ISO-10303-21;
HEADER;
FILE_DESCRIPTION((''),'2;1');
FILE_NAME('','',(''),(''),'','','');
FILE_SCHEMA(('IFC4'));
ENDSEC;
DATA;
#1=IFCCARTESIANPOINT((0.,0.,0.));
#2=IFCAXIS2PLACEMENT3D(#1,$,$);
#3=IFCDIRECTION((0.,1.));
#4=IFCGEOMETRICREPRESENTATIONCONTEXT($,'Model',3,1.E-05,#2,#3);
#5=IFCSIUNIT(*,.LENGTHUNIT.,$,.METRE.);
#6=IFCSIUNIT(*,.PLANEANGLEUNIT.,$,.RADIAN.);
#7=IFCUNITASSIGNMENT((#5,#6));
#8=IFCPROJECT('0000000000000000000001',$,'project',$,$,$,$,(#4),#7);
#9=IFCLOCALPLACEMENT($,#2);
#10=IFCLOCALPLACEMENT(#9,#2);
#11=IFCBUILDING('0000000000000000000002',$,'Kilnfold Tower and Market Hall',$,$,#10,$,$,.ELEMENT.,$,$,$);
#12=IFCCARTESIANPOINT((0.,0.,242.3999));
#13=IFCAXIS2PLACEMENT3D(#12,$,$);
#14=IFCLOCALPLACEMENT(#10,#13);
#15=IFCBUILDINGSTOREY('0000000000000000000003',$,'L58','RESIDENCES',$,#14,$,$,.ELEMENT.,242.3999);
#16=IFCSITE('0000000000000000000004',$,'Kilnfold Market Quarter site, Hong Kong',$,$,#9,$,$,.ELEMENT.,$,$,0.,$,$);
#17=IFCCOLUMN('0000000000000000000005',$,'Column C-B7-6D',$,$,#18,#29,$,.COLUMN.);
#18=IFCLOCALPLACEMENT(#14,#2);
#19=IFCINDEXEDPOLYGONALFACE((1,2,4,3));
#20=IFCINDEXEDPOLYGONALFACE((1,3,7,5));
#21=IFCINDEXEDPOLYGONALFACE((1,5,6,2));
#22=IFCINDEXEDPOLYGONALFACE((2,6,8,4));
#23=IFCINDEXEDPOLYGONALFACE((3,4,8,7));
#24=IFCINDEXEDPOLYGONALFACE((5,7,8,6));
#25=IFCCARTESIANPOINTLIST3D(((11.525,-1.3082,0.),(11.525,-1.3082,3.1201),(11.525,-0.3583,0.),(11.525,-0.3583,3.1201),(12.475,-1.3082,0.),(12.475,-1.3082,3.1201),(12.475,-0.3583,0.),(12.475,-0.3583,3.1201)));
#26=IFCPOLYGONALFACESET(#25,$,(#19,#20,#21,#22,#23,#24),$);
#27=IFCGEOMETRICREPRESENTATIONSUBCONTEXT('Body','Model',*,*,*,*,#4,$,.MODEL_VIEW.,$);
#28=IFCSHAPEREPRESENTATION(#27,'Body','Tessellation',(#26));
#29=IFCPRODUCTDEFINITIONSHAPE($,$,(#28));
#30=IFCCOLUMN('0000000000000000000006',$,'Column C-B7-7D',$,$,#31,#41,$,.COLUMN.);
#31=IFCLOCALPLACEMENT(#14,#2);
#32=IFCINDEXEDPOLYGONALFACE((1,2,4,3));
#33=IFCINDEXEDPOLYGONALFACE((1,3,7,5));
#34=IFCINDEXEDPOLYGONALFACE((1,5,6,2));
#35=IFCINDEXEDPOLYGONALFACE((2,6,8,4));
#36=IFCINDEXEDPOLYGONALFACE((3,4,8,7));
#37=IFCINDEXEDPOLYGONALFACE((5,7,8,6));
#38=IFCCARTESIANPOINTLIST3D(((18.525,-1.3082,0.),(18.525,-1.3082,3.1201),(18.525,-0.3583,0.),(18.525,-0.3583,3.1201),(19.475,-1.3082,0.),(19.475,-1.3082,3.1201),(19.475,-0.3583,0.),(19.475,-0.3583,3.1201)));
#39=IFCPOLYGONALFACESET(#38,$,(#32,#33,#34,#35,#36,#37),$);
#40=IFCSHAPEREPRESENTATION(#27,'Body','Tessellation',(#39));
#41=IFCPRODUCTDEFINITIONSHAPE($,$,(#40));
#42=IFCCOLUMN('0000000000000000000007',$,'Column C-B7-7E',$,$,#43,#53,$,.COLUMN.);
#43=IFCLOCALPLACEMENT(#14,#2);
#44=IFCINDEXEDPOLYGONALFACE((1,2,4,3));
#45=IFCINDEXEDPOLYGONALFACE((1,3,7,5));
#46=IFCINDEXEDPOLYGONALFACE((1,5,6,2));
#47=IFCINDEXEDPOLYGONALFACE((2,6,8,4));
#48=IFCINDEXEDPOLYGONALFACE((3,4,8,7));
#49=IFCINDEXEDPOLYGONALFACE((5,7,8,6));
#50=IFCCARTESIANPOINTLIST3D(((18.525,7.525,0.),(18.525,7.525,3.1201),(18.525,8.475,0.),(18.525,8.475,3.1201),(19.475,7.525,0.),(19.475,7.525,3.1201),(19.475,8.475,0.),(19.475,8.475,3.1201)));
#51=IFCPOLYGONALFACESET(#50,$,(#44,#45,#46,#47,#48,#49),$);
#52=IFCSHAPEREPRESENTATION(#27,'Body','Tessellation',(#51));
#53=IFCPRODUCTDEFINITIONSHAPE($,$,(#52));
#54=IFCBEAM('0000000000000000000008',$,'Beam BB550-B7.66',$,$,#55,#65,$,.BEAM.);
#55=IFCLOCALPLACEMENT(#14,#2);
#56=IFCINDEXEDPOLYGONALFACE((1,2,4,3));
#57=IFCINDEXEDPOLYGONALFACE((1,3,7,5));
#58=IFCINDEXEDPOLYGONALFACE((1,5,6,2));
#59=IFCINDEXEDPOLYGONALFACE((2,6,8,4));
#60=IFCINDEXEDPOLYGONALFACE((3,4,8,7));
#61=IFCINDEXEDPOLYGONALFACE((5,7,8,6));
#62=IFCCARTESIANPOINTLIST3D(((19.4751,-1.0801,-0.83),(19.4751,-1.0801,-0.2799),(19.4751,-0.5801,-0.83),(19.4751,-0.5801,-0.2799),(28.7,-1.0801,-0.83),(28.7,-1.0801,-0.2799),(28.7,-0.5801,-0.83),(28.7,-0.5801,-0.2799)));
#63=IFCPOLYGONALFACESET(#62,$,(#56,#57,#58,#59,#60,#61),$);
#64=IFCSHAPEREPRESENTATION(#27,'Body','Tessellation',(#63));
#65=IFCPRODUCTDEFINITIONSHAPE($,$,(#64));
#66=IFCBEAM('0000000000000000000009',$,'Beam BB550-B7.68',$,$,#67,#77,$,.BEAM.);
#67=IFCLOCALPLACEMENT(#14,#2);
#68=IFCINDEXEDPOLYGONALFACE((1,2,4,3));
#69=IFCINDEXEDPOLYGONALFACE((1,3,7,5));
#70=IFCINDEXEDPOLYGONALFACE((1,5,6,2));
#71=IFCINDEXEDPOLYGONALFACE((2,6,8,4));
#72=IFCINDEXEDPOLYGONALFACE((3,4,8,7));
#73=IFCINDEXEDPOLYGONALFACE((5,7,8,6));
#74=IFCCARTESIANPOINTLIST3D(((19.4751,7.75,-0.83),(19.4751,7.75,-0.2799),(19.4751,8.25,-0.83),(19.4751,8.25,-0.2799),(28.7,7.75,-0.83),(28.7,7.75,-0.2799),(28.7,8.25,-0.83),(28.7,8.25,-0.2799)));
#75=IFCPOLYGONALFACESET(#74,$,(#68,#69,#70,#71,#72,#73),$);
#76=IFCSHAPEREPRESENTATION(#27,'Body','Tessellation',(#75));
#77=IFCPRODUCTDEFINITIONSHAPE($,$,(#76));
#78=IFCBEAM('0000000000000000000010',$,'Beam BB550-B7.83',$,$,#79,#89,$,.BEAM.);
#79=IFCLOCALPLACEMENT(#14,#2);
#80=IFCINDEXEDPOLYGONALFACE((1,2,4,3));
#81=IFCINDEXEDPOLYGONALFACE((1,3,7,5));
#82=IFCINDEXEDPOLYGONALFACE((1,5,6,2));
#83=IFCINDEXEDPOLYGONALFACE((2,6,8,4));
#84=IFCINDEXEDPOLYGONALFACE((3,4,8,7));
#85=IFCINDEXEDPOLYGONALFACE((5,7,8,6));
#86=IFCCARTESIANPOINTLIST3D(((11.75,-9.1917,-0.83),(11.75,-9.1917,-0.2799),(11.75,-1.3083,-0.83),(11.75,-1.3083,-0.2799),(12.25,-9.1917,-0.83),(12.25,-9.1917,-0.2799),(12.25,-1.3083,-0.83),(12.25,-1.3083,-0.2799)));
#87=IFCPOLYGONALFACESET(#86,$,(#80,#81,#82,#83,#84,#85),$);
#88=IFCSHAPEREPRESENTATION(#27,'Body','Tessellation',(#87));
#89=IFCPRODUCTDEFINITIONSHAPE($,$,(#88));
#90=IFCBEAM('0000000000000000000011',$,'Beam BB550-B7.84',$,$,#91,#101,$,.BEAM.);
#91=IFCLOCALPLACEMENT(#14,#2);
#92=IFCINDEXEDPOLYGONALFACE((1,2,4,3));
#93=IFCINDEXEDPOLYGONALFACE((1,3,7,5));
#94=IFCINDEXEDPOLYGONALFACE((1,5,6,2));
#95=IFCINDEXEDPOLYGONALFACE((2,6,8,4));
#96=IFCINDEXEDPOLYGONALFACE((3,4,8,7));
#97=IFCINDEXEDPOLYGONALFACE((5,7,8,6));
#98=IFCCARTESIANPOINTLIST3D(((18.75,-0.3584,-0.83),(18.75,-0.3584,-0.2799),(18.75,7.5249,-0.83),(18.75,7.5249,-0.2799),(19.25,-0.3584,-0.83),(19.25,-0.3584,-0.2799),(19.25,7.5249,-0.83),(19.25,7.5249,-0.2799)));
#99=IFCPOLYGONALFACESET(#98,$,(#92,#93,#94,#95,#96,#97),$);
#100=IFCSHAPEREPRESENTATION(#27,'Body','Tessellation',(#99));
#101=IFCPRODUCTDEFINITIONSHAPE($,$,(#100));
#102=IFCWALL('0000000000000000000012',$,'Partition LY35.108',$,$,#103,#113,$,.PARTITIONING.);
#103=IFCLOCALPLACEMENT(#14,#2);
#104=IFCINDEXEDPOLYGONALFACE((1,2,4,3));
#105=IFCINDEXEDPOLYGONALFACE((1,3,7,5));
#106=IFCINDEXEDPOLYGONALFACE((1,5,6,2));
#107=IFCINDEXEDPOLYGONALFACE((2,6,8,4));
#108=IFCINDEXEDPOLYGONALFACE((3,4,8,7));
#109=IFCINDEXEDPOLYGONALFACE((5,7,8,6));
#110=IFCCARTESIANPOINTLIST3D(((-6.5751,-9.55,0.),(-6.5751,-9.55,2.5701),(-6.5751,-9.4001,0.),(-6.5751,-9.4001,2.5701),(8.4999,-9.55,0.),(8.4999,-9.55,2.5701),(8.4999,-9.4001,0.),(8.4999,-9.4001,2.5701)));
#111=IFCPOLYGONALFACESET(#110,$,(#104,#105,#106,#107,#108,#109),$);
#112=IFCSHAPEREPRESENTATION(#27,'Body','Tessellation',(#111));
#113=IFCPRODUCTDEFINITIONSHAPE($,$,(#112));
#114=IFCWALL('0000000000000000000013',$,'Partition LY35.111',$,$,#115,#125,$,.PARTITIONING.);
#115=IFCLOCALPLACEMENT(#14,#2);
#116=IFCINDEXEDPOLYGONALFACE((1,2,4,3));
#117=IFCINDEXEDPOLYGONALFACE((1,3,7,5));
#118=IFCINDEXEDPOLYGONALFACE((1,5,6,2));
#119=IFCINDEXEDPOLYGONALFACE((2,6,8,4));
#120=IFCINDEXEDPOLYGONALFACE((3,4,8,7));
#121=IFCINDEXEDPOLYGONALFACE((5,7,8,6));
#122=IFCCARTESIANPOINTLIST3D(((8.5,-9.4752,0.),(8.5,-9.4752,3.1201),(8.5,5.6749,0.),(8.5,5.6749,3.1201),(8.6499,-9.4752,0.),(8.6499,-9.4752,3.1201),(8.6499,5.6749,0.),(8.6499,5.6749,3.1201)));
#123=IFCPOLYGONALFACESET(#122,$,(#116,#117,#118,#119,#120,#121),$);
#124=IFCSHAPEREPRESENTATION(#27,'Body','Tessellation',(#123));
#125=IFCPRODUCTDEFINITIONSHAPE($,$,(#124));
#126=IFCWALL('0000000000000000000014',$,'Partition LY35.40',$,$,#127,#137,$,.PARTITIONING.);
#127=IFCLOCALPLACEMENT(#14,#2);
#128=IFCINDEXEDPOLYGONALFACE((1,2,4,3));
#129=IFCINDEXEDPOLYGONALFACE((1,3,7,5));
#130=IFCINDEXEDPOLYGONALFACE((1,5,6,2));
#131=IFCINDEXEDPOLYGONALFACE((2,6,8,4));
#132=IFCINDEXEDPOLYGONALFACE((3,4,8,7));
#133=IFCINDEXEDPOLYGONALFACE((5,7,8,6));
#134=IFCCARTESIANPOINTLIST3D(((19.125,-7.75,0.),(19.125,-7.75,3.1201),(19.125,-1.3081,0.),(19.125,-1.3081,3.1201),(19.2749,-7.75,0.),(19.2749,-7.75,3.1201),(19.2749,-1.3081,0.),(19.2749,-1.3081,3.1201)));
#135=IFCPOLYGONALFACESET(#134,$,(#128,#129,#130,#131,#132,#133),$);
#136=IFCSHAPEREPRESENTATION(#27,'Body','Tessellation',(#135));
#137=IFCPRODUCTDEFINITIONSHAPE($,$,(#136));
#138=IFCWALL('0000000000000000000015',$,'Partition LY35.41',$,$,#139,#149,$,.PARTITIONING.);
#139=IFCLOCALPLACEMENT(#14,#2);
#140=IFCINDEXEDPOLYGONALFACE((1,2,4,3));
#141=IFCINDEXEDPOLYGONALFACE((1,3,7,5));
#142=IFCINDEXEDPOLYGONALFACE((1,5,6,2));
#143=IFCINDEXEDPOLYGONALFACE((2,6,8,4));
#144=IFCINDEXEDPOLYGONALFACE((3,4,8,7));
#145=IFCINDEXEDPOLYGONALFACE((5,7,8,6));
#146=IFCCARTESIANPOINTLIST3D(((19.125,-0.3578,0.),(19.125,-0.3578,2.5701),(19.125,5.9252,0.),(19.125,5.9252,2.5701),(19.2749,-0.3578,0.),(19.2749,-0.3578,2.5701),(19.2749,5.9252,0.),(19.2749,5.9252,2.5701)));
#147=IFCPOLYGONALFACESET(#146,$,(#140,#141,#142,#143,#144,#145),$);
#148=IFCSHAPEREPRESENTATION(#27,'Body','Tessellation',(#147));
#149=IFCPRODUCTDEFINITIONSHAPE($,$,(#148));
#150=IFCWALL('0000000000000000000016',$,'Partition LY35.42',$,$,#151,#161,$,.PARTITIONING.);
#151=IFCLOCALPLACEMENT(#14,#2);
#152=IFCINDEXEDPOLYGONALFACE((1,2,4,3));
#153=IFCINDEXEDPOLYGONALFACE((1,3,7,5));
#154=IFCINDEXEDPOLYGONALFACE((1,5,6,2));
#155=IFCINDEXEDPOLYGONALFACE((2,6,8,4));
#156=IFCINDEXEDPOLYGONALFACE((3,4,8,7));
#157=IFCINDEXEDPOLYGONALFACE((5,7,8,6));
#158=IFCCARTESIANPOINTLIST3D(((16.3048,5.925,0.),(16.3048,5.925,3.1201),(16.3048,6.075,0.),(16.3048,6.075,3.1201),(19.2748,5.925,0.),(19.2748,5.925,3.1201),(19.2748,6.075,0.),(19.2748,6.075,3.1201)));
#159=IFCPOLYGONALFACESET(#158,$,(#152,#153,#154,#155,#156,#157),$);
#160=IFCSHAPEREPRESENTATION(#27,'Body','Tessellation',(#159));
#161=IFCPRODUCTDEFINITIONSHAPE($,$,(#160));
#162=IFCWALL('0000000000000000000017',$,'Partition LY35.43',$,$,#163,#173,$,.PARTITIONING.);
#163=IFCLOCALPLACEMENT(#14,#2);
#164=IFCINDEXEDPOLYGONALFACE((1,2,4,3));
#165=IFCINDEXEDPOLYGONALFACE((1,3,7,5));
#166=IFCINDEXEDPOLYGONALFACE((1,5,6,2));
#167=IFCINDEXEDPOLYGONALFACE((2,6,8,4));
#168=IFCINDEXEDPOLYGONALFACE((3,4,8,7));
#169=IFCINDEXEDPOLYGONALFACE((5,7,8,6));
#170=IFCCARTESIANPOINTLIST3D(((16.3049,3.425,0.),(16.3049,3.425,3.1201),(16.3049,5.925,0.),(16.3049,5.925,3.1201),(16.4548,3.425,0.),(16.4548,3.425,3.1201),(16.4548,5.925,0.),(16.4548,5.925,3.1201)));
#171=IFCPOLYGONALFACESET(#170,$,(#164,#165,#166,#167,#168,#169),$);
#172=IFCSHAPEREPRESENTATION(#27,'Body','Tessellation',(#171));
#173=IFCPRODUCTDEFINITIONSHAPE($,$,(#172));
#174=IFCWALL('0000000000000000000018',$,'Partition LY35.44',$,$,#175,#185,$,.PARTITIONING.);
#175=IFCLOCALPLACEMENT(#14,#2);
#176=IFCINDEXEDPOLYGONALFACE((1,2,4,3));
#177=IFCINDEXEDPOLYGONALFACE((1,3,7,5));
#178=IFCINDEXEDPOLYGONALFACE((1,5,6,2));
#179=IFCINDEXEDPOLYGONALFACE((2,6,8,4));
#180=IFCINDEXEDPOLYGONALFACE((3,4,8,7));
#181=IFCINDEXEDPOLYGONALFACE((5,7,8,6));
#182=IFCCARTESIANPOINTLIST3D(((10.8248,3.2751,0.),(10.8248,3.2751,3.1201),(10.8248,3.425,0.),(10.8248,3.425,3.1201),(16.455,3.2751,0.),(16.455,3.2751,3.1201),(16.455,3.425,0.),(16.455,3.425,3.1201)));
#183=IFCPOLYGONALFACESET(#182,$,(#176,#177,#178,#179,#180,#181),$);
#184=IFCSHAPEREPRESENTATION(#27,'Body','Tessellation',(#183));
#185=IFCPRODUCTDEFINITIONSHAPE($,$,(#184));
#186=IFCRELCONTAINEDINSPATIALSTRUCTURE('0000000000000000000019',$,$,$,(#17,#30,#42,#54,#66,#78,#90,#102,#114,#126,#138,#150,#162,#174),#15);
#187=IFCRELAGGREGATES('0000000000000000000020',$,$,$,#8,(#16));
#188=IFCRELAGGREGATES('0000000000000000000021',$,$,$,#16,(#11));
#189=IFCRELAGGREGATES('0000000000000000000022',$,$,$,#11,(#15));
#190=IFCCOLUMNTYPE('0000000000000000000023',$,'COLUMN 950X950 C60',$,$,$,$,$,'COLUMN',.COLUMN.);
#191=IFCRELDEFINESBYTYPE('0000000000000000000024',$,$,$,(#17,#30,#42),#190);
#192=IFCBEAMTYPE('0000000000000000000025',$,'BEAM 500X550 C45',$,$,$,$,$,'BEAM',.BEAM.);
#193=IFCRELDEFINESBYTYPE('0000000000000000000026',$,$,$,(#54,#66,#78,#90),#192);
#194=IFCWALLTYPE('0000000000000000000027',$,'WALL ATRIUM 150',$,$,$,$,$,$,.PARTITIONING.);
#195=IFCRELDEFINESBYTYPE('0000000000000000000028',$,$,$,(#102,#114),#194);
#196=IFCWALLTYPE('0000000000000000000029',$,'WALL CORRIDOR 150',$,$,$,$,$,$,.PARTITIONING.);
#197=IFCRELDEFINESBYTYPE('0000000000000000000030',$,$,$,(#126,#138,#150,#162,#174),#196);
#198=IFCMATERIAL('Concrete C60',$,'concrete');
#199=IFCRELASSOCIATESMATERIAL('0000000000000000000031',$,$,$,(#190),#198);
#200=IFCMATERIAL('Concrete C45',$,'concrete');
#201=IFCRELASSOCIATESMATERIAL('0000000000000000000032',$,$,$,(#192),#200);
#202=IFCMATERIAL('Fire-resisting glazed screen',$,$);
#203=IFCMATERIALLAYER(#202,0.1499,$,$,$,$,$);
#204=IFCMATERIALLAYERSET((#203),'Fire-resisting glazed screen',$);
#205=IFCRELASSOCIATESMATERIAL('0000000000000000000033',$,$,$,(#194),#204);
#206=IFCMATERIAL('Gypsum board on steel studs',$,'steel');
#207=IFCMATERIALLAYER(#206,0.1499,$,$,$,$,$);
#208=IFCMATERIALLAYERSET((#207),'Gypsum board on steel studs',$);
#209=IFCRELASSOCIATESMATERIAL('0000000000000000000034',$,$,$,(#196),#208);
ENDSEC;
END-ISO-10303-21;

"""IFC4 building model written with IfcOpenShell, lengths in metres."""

from ifc_helpers import new_model, si_unit, direction, frame, frame_2d, origin, origin_2d, place, context, subcontext, project, spatial, rectangle, extrude, source, transform, mapped, material, layer, layer_set, material_profile, profile_set, type_object, element, save


model = new_model("IFC4")

# Units and contexts
model_context = context("Model", 3, precision=1e-05, world=origin(), true_north=direction((0.0, 1.0)))
body_context = subcontext(model_context, "Body", "Model", "MODEL_VIEW")
ifc_project = project(units=[si_unit("LENGTHUNIT", "METRE"), si_unit("PLANEANGLEUNIT", "RADIAN")], contexts=[model_context])

# Site, building, storey
site_placement = place(None, origin())
site = spatial("IfcSite", under=ifc_project, at=site_placement, Name="Kilnfold Market Quarter site, Hong Kong", CompositionType="ELEMENT", RefElevation=0.0)
building_placement = place(site_placement, origin())
building = spatial("IfcBuilding", under=site, at=building_placement, Name="Kilnfold Tower and Market Hall", CompositionType="ELEMENT")
storey_placement = place(building_placement, frame((0.0, 0.0, 242.3999)))
storey = spatial("IfcBuildingStorey", under=building, at=storey_placement, Name="L58", Description="RESIDENCES", CompositionType="ELEMENT", Elevation=242.3999)

# Columns
ifc_material_1 = material(Name="Concrete C60", Category="concrete")
ifc_material_profile_1 = material_profile(ifc_material_1, rectangle(XDim=0.95, YDim=0.95, at=origin_2d()), Name="RC 950x950")
ifc_profile_set_1 = profile_set([ifc_material_profile_1], Name="Concrete C60")
column_type = type_object("IfcColumnType", Name="COLUMN 950X950 C60", ElementType="COLUMN", PredefinedType="COLUMN", material=ifc_profile_set_1)
shared_shape_1 = source(origin(), body_context, "Body", "SweptSolid", [
    extrude(rectangle(XDim=0.95, YDim=0.95, at=origin_2d()), origin(), (0.0, 0.0, 1.0), 3.1201),
])
for number, where, z_axis, x_axis, name in (
    (1, (12.0, -0.8333, 0.0), (0.0, 0.0, 1.0), (1.0, 0.0, 0.0), "Column C-B7-6D"),
    (2, (19.0, -0.8333, 0.0), (0.0, 0.0, 1.0), (1.0, 0.0, 0.0), "Column C-B7-7D"),
    (3, (19.0, 8.0, 0.0), (0.0, 0.0, 1.0), (1.0, 0.0, 0.0), "Column C-B7-7E"),
):
    element("IfcColumn", number, at=place(storey_placement, frame(where, z_axis=z_axis, x_axis=x_axis)), inside=storey, type_object=column_type, Name=name, PredefinedType="COLUMN", context=body_context, shape_type="MappedRepresentation", body=[
        mapped(shared_shape_1, transform((0.0, 0.0, 0.0))),
    ])

# Beams
ifc_material_2 = material(Name="Concrete C45", Category="concrete")
ifc_material_profile_2 = material_profile(ifc_material_2, rectangle(XDim=0.5, YDim=0.55, at=origin_2d()), Name="RC 500x550")
ifc_profile_set_2 = profile_set([ifc_material_profile_2], Name="Concrete C45")
beam_type = type_object("IfcBeamType", Name="BEAM 500X550 C45", ElementType="BEAM", PredefinedType="BEAM", material=ifc_profile_set_2)
shared_shape_2 = source(origin(), body_context, "Body", "SweptSolid", [
    extrude(rectangle(XDim=0.5, YDim=0.55, at=origin_2d()), origin(), (0.0, 0.0, 1.0), 9.2249),
])
for number, where, z_axis, x_axis, name in (
    (4, (19.4751, -0.8301, -0.5549), (1.0, 0.0, 0.0), (0.0, 1.0, 0.0), "Beam BB550-B7.66"),
    (5, (19.4751, 8.0, -0.5549), (1.0, 0.0, 0.0), (0.0, 1.0, 0.0), "Beam BB550-B7.68"),
):
    element("IfcBeam", number, at=place(storey_placement, frame(where, z_axis=z_axis, x_axis=x_axis)), inside=storey, type_object=beam_type, Name=name, PredefinedType="BEAM", context=body_context, shape_type="MappedRepresentation", body=[
        mapped(shared_shape_2, transform((0.0, 0.0, 0.0))),
    ])
shared_shape_3 = source(origin(), body_context, "Body", "SweptSolid", [
    extrude(rectangle(XDim=0.5, YDim=0.55, at=origin_2d()), origin(), (0.0, 0.0, 1.0), 7.8833),
])
for number, where, z_axis, x_axis, name in (
    (6, (12.0, -9.1917, -0.5549), (0.0, 1.0, 0.0), (-1.0, 0.0, 0.0), "Beam BB550-B7.83"),
    (7, (19.0, -0.3584, -0.5549), (0.0, 1.0, 0.0), (-1.0, 0.0, 0.0), "Beam BB550-B7.84"),
):
    element("IfcBeam", number, at=place(storey_placement, frame(where, z_axis=z_axis, x_axis=x_axis)), inside=storey, type_object=beam_type, Name=name, PredefinedType="BEAM", context=body_context, shape_type="MappedRepresentation", body=[
        mapped(shared_shape_3, transform((0.0, 0.0, 0.0))),
    ])

# Walls
ifc_material_3 = material(Name="Fire-resisting glazed screen")
ifc_layer_1 = layer(ifc_material_3, 0.1499)
ifc_layer_set_1 = layer_set([ifc_layer_1], Name="Fire-resisting glazed screen")
wall_type_1 = type_object("IfcWallType", Name="WALL ATRIUM 150", PredefinedType="PARTITIONING", material=ifc_layer_set_1)
wall_1_placement = place(storey_placement, frame((8.5, -9.4751, 0.0), z_axis=(0.0, 0.0, 1.0), x_axis=(-1.0, 0.0, 0.0)))
element("IfcWall", 8, at=wall_1_placement, inside=storey, type_object=wall_type_1, Name="Partition LY35.108", PredefinedType="PARTITIONING", context=body_context, shape_type="SweptSolid", body=[
    extrude(rectangle(XDim=15.075, YDim=0.1499, at=frame_2d((7.5376, 0.0))), origin(), (0.0, 0.0, 1.0), 2.5701),
])
wall_2_placement = place(storey_placement, frame((8.575, 5.675, 0.0), z_axis=(0.0, 0.0, 1.0), x_axis=(0.0, -1.0, 0.0)))
element("IfcWall", 9, at=wall_2_placement, inside=storey, type_object=wall_type_1, Name="Partition LY35.111", PredefinedType="PARTITIONING", context=body_context, shape_type="SweptSolid", body=[
    extrude(rectangle(XDim=15.1501, YDim=0.1499, at=frame_2d((7.5752, 0.0))), origin(), (0.0, 0.0, 1.0), 3.1201),
])
ifc_material_4 = material(Name="Gypsum board on steel studs", Category="steel")
ifc_layer_2 = layer(ifc_material_4, 0.1499)
ifc_layer_set_2 = layer_set([ifc_layer_2], Name="Gypsum board on steel studs")
wall_type_2 = type_object("IfcWallType", Name="WALL CORRIDOR 150", PredefinedType="PARTITIONING", material=ifc_layer_set_2)
wall_3_placement = place(storey_placement, frame((19.2, -7.75, 0.0), z_axis=(0.0, 0.0, 1.0), x_axis=(0.0, 1.0, 0.0)))
element("IfcWall", 10, at=wall_3_placement, inside=storey, type_object=wall_type_2, Name="Partition LY35.40", PredefinedType="PARTITIONING", context=body_context, shape_type="SweptSolid", body=[
    extrude(rectangle(XDim=6.4419, YDim=0.1499, at=frame_2d((3.2209, 0.0))), origin(), (0.0, 0.0, 1.0), 3.1201),
])
wall_4_placement = place(storey_placement, frame((19.2, -0.3579, 0.0), z_axis=(0.0, 0.0, 1.0), x_axis=(0.0, 1.0, 0.0)))
element("IfcWall", 11, at=wall_4_placement, inside=storey, type_object=wall_type_2, Name="Partition LY35.41", PredefinedType="PARTITIONING", context=body_context, shape_type="SweptSolid", body=[
    extrude(rectangle(XDim=6.283, YDim=0.1499, at=frame_2d((3.1416, 0.0))), origin(), (0.0, 0.0, 1.0), 2.5701),
])
wall_5_placement = place(storey_placement, frame((16.3049, 6.0, 0.0), z_axis=(0.0, 0.0, 1.0), x_axis=(1.0, 0.0, 0.0)))
element("IfcWall", 12, at=wall_5_placement, inside=storey, type_object=wall_type_2, Name="Partition LY35.42", PredefinedType="PARTITIONING", context=body_context, shape_type="SweptSolid", body=[
    extrude(rectangle(XDim=2.97, YDim=0.1499, at=frame_2d((1.4849, 0.0))), origin(), (0.0, 0.0, 1.0), 3.1201),
])
wall_6_placement = place(storey_placement, frame((16.3799, 3.425, 0.0), z_axis=(0.0, 0.0, 1.0), x_axis=(0.0, 1.0, 0.0)))
element("IfcWall", 13, at=wall_6_placement, inside=storey, type_object=wall_type_2, Name="Partition LY35.43", PredefinedType="PARTITIONING", context=body_context, shape_type="SweptSolid", body=[
    extrude(rectangle(XDim=2.5, YDim=0.1499, at=frame_2d((1.25, 0.0))), origin(), (0.0, 0.0, 1.0), 3.1201),
])
wall_7_placement = place(storey_placement, frame((10.825, 3.3501, 0.0), z_axis=(0.0, 0.0, 1.0), x_axis=(1.0, 0.0, 0.0)))
element("IfcWall", 14, at=wall_7_placement, inside=storey, type_object=wall_type_2, Name="Partition LY35.44", PredefinedType="PARTITIONING", context=body_context, shape_type="SweptSolid", body=[
    extrude(rectangle(XDim=5.6301, YDim=0.1499, at=frame_2d((2.8149, 0.0))), origin(), (0.0, 0.0, 1.0), 3.1201),
])

save(model, "model.ifc")
